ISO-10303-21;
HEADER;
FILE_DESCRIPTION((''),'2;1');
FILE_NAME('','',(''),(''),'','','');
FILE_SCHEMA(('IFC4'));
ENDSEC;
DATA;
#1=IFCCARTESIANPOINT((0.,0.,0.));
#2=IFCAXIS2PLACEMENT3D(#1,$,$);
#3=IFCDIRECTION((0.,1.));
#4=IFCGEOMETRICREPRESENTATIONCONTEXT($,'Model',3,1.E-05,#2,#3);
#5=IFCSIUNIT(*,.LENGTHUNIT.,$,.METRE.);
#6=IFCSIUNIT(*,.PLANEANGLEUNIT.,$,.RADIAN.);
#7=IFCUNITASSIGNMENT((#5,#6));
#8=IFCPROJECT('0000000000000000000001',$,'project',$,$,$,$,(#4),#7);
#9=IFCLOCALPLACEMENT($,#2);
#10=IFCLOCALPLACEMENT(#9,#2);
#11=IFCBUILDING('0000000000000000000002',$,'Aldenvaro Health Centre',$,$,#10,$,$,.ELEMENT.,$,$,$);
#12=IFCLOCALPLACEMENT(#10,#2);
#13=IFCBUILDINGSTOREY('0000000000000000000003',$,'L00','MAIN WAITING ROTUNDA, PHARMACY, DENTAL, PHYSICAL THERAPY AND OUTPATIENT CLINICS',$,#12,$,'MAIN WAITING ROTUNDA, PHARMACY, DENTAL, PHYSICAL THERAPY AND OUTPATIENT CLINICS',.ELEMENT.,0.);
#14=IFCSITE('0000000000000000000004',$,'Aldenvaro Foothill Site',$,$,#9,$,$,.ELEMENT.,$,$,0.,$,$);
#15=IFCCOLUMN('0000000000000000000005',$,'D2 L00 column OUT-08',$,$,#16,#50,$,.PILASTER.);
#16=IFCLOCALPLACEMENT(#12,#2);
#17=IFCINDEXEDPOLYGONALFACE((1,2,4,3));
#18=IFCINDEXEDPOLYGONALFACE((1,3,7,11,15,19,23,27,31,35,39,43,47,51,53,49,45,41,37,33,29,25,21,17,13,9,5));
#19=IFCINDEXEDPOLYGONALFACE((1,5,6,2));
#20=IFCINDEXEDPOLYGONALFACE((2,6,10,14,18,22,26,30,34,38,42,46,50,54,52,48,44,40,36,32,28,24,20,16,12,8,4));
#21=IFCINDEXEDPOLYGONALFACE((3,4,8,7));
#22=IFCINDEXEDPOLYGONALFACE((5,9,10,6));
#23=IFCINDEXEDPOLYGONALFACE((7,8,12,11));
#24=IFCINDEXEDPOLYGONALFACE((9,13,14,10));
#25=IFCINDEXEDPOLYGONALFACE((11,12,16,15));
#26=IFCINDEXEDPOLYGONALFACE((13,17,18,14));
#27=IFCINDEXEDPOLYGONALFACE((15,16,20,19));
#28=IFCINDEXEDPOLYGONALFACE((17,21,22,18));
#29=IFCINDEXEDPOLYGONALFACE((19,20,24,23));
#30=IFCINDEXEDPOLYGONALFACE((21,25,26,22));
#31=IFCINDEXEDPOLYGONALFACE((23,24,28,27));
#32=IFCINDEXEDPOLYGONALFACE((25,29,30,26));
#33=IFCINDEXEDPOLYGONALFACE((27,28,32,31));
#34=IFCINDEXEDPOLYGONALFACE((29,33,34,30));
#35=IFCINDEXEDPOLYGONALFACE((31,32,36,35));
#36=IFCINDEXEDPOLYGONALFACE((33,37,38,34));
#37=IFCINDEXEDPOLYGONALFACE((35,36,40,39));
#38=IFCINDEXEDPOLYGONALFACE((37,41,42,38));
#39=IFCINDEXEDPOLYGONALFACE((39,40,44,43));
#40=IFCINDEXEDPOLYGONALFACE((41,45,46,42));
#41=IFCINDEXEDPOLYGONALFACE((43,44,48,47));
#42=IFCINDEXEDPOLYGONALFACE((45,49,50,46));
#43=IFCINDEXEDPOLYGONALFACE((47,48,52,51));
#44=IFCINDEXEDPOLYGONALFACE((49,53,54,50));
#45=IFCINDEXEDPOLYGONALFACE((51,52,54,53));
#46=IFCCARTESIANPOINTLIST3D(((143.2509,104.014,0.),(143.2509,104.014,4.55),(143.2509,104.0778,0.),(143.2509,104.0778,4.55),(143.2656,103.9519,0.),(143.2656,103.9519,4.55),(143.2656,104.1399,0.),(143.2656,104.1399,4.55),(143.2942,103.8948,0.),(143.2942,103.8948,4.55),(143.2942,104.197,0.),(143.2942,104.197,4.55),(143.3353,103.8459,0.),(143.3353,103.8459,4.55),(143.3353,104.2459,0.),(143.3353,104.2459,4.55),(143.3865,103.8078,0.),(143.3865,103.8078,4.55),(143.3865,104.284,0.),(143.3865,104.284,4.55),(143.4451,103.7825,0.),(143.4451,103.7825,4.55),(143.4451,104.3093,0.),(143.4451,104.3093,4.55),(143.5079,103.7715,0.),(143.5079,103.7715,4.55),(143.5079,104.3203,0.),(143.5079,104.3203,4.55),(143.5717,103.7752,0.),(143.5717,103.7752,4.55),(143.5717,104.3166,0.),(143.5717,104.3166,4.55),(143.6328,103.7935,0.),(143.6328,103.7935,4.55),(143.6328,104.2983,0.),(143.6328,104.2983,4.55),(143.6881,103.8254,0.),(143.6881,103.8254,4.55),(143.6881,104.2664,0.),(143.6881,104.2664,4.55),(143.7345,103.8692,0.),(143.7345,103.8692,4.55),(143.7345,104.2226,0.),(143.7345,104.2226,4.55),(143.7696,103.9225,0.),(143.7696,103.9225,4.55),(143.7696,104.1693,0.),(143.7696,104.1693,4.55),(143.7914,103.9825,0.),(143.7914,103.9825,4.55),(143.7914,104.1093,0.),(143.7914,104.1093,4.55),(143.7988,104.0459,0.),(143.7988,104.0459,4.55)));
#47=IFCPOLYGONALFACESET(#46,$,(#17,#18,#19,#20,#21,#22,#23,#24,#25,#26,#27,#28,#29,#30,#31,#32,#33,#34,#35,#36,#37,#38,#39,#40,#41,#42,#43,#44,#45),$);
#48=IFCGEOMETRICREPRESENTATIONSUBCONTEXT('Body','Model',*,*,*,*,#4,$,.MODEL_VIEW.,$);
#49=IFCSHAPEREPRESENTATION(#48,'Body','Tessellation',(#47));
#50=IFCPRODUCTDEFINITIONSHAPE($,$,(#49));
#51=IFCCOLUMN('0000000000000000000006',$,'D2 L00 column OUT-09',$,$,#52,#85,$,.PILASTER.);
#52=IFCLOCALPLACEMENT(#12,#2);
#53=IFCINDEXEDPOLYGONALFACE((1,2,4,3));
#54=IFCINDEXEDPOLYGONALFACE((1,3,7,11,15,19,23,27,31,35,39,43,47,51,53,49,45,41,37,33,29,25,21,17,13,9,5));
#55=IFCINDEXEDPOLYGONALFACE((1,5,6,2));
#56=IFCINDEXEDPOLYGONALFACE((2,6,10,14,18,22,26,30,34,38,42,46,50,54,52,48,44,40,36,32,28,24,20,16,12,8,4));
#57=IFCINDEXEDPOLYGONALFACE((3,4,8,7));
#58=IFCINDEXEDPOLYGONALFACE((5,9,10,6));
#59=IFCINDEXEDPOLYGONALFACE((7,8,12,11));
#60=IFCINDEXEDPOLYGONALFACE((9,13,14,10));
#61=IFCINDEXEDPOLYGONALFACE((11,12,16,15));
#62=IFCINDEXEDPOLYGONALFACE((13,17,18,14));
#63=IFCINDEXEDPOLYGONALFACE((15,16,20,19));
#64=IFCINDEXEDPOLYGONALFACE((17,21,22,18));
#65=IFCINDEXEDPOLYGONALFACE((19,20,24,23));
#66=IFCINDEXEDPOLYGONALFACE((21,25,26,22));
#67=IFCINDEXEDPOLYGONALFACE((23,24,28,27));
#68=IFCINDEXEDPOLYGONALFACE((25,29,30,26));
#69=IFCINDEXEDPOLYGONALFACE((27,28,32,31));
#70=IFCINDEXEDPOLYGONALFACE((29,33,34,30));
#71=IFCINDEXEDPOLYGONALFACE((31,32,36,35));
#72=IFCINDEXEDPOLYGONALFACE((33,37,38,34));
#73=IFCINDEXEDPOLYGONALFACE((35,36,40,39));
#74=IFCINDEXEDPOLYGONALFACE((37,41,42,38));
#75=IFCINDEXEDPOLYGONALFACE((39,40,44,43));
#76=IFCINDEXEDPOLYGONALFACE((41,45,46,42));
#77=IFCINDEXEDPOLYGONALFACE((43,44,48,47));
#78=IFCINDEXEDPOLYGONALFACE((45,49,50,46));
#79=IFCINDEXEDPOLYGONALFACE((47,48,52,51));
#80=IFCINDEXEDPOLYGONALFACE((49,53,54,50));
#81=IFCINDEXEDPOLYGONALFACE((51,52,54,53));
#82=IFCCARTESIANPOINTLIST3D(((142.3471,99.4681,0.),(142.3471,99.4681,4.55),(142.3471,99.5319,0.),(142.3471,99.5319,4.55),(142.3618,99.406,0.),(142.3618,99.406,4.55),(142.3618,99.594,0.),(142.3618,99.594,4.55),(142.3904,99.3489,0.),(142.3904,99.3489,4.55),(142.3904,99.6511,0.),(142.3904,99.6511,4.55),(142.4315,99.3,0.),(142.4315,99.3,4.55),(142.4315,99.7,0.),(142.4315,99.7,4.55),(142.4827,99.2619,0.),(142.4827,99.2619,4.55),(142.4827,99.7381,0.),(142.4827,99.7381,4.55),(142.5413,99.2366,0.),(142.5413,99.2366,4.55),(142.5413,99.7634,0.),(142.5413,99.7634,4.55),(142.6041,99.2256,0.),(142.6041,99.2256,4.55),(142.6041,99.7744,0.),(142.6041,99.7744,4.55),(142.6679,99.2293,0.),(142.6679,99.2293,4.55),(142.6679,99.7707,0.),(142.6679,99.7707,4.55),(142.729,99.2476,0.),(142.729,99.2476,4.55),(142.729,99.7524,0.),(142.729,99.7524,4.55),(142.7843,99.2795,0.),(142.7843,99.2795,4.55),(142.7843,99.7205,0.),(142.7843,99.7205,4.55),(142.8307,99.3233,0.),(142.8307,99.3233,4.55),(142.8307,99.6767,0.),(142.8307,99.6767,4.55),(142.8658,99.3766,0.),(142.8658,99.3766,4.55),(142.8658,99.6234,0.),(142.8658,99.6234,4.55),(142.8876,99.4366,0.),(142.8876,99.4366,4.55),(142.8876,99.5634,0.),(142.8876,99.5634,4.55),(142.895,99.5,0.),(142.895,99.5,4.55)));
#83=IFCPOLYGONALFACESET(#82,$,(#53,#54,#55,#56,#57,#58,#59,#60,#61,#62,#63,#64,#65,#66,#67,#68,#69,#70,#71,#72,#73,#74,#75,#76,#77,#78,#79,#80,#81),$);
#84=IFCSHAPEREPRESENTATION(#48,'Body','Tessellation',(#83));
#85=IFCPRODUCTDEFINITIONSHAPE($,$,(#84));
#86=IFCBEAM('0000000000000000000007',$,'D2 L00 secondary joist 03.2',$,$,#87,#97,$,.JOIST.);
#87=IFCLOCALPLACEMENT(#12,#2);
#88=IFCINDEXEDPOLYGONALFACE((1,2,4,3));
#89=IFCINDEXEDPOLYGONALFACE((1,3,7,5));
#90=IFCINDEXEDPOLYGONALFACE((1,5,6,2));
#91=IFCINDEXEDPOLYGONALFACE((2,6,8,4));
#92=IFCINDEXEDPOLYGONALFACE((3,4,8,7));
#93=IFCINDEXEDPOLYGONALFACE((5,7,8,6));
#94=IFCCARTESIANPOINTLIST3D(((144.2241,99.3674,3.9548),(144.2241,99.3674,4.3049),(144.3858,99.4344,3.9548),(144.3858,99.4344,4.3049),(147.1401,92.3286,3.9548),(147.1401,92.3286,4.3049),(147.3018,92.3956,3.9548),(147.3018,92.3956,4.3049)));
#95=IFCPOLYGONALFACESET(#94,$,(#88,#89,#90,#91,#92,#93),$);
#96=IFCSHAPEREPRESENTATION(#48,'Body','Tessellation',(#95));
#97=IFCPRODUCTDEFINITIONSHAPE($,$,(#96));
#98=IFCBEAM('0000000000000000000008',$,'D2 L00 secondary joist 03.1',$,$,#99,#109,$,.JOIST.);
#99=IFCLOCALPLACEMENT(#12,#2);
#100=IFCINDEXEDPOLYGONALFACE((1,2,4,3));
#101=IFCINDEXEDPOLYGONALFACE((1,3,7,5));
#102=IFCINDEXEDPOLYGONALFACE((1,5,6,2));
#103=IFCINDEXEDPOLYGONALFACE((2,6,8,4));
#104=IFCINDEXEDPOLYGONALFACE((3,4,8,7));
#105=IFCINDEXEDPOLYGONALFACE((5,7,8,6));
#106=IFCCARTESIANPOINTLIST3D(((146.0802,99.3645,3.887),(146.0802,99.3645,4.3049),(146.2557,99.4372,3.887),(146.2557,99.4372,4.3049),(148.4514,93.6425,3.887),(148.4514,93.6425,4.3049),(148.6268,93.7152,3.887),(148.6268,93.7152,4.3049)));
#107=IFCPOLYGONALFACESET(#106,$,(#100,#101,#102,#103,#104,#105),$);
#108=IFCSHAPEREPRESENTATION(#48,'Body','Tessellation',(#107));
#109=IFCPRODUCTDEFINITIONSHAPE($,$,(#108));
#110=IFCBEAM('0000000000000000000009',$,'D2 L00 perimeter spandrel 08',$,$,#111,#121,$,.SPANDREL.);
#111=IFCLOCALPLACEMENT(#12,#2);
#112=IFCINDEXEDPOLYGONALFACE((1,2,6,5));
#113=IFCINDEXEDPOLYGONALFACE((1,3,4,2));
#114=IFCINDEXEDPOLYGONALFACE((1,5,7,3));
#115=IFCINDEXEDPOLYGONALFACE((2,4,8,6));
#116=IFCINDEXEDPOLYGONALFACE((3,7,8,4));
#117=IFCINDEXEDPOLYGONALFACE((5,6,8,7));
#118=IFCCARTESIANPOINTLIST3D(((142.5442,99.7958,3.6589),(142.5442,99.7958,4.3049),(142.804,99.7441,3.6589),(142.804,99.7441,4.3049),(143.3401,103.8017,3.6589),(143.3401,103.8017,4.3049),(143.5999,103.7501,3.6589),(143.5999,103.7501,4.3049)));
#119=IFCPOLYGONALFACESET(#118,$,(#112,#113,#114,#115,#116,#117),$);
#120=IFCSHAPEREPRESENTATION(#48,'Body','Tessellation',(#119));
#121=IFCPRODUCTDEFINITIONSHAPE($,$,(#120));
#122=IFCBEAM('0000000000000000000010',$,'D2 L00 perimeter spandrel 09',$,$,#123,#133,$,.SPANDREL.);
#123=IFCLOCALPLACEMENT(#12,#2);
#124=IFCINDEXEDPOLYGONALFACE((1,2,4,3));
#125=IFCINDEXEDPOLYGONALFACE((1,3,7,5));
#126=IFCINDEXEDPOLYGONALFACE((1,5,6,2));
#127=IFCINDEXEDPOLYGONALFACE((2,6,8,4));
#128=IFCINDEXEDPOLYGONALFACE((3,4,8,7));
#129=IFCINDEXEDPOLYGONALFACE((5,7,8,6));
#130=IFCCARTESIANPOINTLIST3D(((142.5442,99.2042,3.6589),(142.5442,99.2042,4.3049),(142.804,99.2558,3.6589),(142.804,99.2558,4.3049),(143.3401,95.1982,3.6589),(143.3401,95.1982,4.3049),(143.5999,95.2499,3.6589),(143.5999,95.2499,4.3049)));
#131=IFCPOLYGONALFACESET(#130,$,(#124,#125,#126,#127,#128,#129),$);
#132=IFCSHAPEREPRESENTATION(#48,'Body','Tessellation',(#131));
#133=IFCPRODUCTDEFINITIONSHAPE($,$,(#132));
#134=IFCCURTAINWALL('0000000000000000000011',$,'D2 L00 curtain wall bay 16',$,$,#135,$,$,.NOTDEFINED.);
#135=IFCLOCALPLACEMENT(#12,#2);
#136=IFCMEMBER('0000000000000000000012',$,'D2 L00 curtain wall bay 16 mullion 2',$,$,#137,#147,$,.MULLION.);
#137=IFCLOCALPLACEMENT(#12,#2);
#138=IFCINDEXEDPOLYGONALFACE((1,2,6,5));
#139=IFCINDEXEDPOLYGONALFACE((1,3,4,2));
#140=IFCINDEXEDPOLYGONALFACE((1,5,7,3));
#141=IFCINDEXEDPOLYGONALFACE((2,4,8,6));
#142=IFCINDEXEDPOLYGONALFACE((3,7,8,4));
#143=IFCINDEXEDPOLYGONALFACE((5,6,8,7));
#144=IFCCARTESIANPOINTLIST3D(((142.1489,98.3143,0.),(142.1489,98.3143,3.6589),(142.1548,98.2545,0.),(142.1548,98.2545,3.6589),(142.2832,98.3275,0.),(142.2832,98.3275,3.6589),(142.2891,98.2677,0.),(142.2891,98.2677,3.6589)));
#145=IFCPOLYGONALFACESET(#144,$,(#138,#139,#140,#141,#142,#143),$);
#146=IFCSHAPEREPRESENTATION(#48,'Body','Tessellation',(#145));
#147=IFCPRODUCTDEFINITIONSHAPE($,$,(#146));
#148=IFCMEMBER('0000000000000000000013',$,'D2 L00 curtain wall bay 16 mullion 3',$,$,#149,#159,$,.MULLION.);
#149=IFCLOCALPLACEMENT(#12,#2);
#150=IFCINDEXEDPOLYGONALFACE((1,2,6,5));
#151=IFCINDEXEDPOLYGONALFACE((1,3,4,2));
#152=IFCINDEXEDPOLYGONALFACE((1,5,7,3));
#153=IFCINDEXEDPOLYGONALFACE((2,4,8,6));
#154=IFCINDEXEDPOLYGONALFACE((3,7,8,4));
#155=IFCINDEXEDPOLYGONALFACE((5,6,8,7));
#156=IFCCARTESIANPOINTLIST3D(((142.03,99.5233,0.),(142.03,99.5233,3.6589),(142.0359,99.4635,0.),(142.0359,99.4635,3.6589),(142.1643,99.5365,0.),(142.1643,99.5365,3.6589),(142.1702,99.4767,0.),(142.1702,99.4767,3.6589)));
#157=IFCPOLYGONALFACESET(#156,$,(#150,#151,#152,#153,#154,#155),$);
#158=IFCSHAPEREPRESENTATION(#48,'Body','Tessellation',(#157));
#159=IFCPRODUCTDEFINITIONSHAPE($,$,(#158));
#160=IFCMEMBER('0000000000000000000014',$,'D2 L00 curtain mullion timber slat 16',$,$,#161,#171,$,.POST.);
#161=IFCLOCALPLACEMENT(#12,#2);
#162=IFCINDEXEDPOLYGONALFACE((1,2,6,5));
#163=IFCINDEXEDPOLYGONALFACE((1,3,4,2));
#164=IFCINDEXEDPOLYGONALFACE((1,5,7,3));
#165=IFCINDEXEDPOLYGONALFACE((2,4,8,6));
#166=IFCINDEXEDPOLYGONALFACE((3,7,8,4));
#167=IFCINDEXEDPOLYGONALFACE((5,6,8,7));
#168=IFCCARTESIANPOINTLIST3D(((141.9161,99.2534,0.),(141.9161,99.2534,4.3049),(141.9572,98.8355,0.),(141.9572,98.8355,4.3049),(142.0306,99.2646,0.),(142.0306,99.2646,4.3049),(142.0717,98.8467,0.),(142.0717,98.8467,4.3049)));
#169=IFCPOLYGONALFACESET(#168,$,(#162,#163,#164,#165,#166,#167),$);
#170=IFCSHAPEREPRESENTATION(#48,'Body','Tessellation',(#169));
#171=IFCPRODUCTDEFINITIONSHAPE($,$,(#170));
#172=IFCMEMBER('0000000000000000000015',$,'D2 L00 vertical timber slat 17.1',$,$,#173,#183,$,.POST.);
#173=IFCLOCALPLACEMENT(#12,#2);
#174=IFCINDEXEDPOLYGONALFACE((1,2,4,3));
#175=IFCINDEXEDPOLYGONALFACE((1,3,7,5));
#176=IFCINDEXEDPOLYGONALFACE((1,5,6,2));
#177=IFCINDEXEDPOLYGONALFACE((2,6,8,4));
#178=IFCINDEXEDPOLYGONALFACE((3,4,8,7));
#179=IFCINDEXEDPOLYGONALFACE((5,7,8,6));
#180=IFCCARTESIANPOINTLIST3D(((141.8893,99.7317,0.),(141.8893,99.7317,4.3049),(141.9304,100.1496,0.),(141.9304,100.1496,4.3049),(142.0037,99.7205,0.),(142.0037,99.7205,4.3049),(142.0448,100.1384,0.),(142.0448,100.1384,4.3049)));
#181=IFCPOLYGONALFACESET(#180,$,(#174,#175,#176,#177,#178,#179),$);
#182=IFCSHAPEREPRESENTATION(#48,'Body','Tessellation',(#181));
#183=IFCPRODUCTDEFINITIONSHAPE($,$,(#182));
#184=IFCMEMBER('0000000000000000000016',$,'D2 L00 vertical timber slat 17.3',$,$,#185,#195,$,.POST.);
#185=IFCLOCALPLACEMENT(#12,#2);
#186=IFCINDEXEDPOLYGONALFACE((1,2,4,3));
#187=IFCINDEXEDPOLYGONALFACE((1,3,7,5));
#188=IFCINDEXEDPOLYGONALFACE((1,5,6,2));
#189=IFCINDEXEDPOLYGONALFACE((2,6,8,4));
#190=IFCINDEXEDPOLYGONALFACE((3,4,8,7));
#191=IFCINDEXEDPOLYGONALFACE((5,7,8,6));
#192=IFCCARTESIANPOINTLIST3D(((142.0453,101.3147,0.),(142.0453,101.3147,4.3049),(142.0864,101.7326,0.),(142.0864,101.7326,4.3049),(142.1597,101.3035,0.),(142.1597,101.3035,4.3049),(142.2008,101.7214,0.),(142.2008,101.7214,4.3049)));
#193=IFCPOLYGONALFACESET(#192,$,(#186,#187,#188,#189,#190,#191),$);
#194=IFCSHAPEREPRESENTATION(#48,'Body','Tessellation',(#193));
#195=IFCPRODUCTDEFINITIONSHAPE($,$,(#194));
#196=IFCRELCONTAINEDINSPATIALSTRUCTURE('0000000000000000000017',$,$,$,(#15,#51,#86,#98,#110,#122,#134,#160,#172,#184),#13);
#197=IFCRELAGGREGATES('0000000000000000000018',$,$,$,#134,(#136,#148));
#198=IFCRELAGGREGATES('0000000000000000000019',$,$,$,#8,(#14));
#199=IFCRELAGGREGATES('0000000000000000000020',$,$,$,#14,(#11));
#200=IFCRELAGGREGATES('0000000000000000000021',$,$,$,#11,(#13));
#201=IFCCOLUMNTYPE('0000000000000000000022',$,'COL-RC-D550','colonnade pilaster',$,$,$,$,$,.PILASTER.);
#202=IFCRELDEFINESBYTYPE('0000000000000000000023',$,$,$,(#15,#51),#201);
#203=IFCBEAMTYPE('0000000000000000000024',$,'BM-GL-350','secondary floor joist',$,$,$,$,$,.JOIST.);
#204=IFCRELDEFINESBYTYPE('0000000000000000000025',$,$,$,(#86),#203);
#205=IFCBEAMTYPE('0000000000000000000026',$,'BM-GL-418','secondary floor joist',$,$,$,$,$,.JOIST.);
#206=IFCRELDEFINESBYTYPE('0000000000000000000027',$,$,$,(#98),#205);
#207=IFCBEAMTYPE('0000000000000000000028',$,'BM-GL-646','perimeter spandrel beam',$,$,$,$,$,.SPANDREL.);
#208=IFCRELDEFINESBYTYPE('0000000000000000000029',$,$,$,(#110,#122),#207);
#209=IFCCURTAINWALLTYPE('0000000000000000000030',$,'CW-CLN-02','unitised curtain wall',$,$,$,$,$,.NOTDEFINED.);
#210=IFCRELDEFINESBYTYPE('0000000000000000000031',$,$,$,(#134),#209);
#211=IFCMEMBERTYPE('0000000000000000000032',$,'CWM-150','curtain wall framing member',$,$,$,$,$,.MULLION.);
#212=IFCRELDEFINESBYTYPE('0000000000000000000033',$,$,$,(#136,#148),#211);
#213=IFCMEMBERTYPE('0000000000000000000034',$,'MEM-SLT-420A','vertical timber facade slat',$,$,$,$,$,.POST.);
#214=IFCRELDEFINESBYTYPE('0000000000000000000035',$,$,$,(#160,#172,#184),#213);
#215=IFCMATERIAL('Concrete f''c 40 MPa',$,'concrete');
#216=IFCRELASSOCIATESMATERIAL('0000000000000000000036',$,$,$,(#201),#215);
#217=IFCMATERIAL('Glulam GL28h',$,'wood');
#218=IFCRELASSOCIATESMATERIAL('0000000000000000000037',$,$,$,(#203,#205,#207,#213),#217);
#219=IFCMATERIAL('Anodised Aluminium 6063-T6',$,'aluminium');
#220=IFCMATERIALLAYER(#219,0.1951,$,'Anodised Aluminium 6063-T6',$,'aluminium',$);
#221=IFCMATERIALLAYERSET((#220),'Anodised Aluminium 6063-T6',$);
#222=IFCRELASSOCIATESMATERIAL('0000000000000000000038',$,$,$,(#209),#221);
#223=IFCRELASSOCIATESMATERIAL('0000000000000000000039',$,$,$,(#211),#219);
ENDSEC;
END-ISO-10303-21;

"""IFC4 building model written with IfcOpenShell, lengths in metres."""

from ifc_helpers import new_model, si_unit, direction, frame, origin, origin_2d, place, context, subcontext, project, spatial, rectangle, circle, extrude, material, layer, layer_set, material_profile, profile_set, type_object, element, aggregate, save


model = new_model("IFC4")

# Units and contexts
model_context = context("Model", 3, precision=1e-05, world=origin(), true_north=direction((0.0, 1.0)))
body_context = subcontext(model_context, "Body", "Model", "MODEL_VIEW")
ifc_project = project(units=[si_unit("LENGTHUNIT", "METRE"), si_unit("PLANEANGLEUNIT", "RADIAN")], contexts=[model_context])

# Site, building, storey
site_placement = place(None, origin())
site = spatial("IfcSite", under=ifc_project, at=site_placement, Name="Aldenvaro Foothill Site", CompositionType="ELEMENT", RefElevation=0.0)
building_placement = place(site_placement, origin())
building = spatial("IfcBuilding", under=site, at=building_placement, Name="Aldenvaro Health Centre", CompositionType="ELEMENT")
storey_placement = place(building_placement, origin())
storey = spatial("IfcBuildingStorey", under=building, at=storey_placement, Name="L00", Description="MAIN WAITING ROTUNDA, PHARMACY, DENTAL, PHYSICAL THERAPY AND OUTPATIENT CLINICS", LongName="MAIN WAITING ROTUNDA, PHARMACY, DENTAL, PHYSICAL THERAPY AND OUTPATIENT CLINICS", CompositionType="ELEMENT", Elevation=0.0)

# Columns
ifc_material_1 = material(Name="Concrete f'c 40 MPa", Category="concrete")
ifc_material_profile_1 = material_profile(ifc_material_1, circle(Radius=0.2749, at=origin_2d()), Name="RC D550", Category="concrete")
ifc_profile_set_1 = profile_set([ifc_material_profile_1], Name="Concrete f'c 40 MPa")
column_type = type_object("IfcColumnType", Name="COL-RC-D550", Description="colonnade pilaster", PredefinedType="PILASTER", material=ifc_profile_set_1)
for number, where, z_axis, x_axis, name in (
    (1, (143.5239, 104.0459, 0.0), (0.0, 0.0, 1.0), (1.0, 0.0, 0.0), "D2 L00 column OUT-08"),
    (2, (142.6201, 99.5, 0.0), (0.0, 0.0, 1.0), (1.0, 0.0, 0.0), "D2 L00 column OUT-09"),
):
    element("IfcColumn", number, at=place(storey_placement, frame(where, z_axis=z_axis, x_axis=x_axis)), inside=storey, type_object=column_type, Name=name, PredefinedType="PILASTER", context=body_context, shape_type="SweptSolid", body=[
        extrude(circle(Radius=0.2749, at=origin_2d()), origin(), (0.0, 0.0, 1.0), 4.55),
    ])

# Beams
ifc_material_2 = material(Name="Glulam GL28h", Category="wood")
ifc_material_profile_2 = material_profile(ifc_material_2, rectangle(XDim=0.175, YDim=0.3501, at=origin_2d()), Name="GL 175x350", Category="wood")
ifc_profile_set_2 = profile_set([ifc_material_profile_2], Name="Glulam GL28h")
beam_type_1 = type_object("IfcBeamType", Name="BM-GL-350", Description="secondary floor joist", PredefinedType="JOIST", material=ifc_profile_set_2)
beam_1_placement = place(storey_placement, frame((144.3049, 99.4009, 4.1299), z_axis=(0.382733, -0.923859, 0.0), x_axis=(0.923859, 0.382733, 0.0)))
element("IfcBeam", 3, at=beam_1_placement, inside=storey, type_object=beam_type_1, Name="D2 L00 secondary joist 03.2", PredefinedType="JOIST", context=body_context, shape_type="SweptSolid", body=[
    extrude(rectangle(XDim=0.175, YDim=0.3501, at=origin_2d()), origin(), (0.0, 0.0, 1.0), 7.6189),
])
ifc_material_profile_3 = material_profile(ifc_material_2, rectangle(XDim=0.1899, YDim=0.418, at=origin_2d()), Name="GL 190x418", Category="wood")
ifc_profile_set_3 = profile_set([ifc_material_profile_3], Name="Glulam GL28h")
beam_type_2 = type_object("IfcBeamType", Name="BM-GL-418", Description="secondary floor joist", PredefinedType="JOIST", material=ifc_profile_set_3)
beam_2_placement = place(storey_placement, frame((146.168, 99.4009, 4.0959), z_axis=(0.382821, -0.923823, 0.0), x_axis=(0.923823, 0.382821, 0.0)))
element("IfcBeam", 4, at=beam_2_placement, inside=storey, type_object=beam_type_2, Name="D2 L00 secondary joist 03.1", PredefinedType="JOIST", context=body_context, shape_type="SweptSolid", body=[
    extrude(rectangle(XDim=0.1899, YDim=0.418, at=origin_2d()), origin(), (0.0, 0.0, 1.0), 6.1938),
])
ifc_material_profile_4 = material_profile(ifc_material_2, rectangle(XDim=0.2649, YDim=0.646, at=origin_2d()), Name="GL 265x646", Category="wood")
ifc_profile_set_4 = profile_set([ifc_material_profile_4], Name="Glulam GL28h")
beam_type_3 = type_object("IfcBeamType", Name="BM-GL-646", Description="perimeter spandrel beam", PredefinedType="SPANDREL", material=ifc_profile_set_4)
for number, where, z_axis, x_axis, name in (
    (5, (143.47, 103.7759, 3.9819), (-0.194874, -0.980828, 0.0), (0.980828, -0.194874, 0.0), "D2 L00 perimeter spandrel 08"),
    (6, (142.6741, 99.23, 3.9819), (0.194874, -0.980828, 0.0), (0.980828, 0.194874, 0.0), "D2 L00 perimeter spandrel 09"),
):
    element("IfcBeam", number, at=place(storey_placement, frame(where, z_axis=z_axis, x_axis=x_axis)), inside=storey, type_object=beam_type_3, Name=name, PredefinedType="SPANDREL", context=body_context, shape_type="SweptSolid", body=[
        extrude(rectangle(XDim=0.2649, YDim=0.646, at=origin_2d()), origin(), (0.0, 0.0, 1.0), 4.0842),
    ])

# Curtain wall, members
ifc_material_3 = material(Name="Anodised Aluminium 6063-T6", Category="aluminium")
ifc_layer_1 = layer(ifc_material_3, 0.1951, Name="Anodised Aluminium 6063-T6", Category="aluminium")
ifc_layer_set_1 = layer_set([ifc_layer_1], Name="Anodised Aluminium 6063-T6")
curtain_wall_type = type_object("IfcCurtainWallType", Name="CW-CLN-02", Description="unitised curtain wall", PredefinedType="NOTDEFINED", material=ifc_layer_set_1)
curtain_wall_placement = place(storey_placement, origin())
curtain_wall = element("IfcCurtainWall", 7, at=curtain_wall_placement, inside=storey, type_object=curtain_wall_type, Name="D2 L00 curtain wall bay 16", PredefinedType="NOTDEFINED")
ifc_material_profile_5 = material_profile(ifc_material_3, rectangle(XDim=0.0601, YDim=0.135, at=origin_2d()), Name="ALU 60x135", Category="aluminium")
ifc_profile_set_5 = profile_set([ifc_material_profile_5], Name="Anodised Aluminium 6063-T6")
member_type_1 = type_object("IfcMemberType", Name="CWM-150", Description="curtain wall framing member", PredefinedType="MULLION", material=ifc_profile_set_5)
member_1_placement = place(storey_placement, frame((142.219, 98.291, 0.0), z_axis=(0.0, 0.0, 1.0), x_axis=(-0.097915, 0.995195, 0.0)))
member_1 = element("IfcMember", 8, at=member_1_placement, type_object=member_type_1, Name="D2 L00 curtain wall bay 16 mullion 2", PredefinedType="MULLION", context=body_context, shape_type="SweptSolid", body=[
    extrude(rectangle(XDim=0.0601, YDim=0.135, at=origin_2d()), origin(), (0.0, 0.0, 1.0), 3.6589),
])
member_2_placement = place(storey_placement, frame((142.1001, 99.5, 0.0), z_axis=(0.0, 0.0, 1.0), x_axis=(-0.097915, 0.995195, 0.0)))
member_2 = element("IfcMember", 9, at=member_2_placement, type_object=member_type_1, Name="D2 L00 curtain wall bay 16 mullion 3", PredefinedType="MULLION", context=body_context, shape_type="SweptSolid", body=[
    extrude(rectangle(XDim=0.0601, YDim=0.135, at=origin_2d()), origin(), (0.0, 0.0, 1.0), 3.6589),
])

# Members
ifc_material_profile_6 = material_profile(ifc_material_2, rectangle(XDim=0.115, YDim=0.4199, at=origin_2d()), Name="GL 115x420", Category="wood")
ifc_profile_set_6 = profile_set([ifc_material_profile_6], Name="Glulam GL28h")
member_type_2 = type_object("IfcMemberType", Name="MEM-SLT-420A", Description="vertical timber facade slat", PredefinedType="POST", material=ifc_profile_set_6)
for number, where, z_axis, x_axis, name in (
    (10, (141.9939, 99.05, 0.0), (0.0, 0.0, 1.0), (-0.995195, -0.097915, 0.0), "D2 L00 curtain mullion timber slat 16"),
    (11, (141.967, 99.9351, 0.0), (0.0, 0.0, 1.0), (-0.995195, 0.097915, 0.0), "D2 L00 vertical timber slat 17.1"),
    (12, (142.123, 101.5181, 0.0), (0.0, 0.0, 1.0), (-0.995195, 0.097915, 0.0), "D2 L00 vertical timber slat 17.3"),
):
    element("IfcMember", number, at=place(storey_placement, frame(where, z_axis=z_axis, x_axis=x_axis)), inside=storey, type_object=member_type_2, Name=name, PredefinedType="POST", context=body_context, shape_type="SweptSolid", body=[
        extrude(rectangle(XDim=0.115, YDim=0.4199, at=origin_2d()), origin(), (0.0, 0.0, 1.0), 4.3049),
    ])

aggregate(curtain_wall, [member_1, member_2])

save(model, "model.ifc")
